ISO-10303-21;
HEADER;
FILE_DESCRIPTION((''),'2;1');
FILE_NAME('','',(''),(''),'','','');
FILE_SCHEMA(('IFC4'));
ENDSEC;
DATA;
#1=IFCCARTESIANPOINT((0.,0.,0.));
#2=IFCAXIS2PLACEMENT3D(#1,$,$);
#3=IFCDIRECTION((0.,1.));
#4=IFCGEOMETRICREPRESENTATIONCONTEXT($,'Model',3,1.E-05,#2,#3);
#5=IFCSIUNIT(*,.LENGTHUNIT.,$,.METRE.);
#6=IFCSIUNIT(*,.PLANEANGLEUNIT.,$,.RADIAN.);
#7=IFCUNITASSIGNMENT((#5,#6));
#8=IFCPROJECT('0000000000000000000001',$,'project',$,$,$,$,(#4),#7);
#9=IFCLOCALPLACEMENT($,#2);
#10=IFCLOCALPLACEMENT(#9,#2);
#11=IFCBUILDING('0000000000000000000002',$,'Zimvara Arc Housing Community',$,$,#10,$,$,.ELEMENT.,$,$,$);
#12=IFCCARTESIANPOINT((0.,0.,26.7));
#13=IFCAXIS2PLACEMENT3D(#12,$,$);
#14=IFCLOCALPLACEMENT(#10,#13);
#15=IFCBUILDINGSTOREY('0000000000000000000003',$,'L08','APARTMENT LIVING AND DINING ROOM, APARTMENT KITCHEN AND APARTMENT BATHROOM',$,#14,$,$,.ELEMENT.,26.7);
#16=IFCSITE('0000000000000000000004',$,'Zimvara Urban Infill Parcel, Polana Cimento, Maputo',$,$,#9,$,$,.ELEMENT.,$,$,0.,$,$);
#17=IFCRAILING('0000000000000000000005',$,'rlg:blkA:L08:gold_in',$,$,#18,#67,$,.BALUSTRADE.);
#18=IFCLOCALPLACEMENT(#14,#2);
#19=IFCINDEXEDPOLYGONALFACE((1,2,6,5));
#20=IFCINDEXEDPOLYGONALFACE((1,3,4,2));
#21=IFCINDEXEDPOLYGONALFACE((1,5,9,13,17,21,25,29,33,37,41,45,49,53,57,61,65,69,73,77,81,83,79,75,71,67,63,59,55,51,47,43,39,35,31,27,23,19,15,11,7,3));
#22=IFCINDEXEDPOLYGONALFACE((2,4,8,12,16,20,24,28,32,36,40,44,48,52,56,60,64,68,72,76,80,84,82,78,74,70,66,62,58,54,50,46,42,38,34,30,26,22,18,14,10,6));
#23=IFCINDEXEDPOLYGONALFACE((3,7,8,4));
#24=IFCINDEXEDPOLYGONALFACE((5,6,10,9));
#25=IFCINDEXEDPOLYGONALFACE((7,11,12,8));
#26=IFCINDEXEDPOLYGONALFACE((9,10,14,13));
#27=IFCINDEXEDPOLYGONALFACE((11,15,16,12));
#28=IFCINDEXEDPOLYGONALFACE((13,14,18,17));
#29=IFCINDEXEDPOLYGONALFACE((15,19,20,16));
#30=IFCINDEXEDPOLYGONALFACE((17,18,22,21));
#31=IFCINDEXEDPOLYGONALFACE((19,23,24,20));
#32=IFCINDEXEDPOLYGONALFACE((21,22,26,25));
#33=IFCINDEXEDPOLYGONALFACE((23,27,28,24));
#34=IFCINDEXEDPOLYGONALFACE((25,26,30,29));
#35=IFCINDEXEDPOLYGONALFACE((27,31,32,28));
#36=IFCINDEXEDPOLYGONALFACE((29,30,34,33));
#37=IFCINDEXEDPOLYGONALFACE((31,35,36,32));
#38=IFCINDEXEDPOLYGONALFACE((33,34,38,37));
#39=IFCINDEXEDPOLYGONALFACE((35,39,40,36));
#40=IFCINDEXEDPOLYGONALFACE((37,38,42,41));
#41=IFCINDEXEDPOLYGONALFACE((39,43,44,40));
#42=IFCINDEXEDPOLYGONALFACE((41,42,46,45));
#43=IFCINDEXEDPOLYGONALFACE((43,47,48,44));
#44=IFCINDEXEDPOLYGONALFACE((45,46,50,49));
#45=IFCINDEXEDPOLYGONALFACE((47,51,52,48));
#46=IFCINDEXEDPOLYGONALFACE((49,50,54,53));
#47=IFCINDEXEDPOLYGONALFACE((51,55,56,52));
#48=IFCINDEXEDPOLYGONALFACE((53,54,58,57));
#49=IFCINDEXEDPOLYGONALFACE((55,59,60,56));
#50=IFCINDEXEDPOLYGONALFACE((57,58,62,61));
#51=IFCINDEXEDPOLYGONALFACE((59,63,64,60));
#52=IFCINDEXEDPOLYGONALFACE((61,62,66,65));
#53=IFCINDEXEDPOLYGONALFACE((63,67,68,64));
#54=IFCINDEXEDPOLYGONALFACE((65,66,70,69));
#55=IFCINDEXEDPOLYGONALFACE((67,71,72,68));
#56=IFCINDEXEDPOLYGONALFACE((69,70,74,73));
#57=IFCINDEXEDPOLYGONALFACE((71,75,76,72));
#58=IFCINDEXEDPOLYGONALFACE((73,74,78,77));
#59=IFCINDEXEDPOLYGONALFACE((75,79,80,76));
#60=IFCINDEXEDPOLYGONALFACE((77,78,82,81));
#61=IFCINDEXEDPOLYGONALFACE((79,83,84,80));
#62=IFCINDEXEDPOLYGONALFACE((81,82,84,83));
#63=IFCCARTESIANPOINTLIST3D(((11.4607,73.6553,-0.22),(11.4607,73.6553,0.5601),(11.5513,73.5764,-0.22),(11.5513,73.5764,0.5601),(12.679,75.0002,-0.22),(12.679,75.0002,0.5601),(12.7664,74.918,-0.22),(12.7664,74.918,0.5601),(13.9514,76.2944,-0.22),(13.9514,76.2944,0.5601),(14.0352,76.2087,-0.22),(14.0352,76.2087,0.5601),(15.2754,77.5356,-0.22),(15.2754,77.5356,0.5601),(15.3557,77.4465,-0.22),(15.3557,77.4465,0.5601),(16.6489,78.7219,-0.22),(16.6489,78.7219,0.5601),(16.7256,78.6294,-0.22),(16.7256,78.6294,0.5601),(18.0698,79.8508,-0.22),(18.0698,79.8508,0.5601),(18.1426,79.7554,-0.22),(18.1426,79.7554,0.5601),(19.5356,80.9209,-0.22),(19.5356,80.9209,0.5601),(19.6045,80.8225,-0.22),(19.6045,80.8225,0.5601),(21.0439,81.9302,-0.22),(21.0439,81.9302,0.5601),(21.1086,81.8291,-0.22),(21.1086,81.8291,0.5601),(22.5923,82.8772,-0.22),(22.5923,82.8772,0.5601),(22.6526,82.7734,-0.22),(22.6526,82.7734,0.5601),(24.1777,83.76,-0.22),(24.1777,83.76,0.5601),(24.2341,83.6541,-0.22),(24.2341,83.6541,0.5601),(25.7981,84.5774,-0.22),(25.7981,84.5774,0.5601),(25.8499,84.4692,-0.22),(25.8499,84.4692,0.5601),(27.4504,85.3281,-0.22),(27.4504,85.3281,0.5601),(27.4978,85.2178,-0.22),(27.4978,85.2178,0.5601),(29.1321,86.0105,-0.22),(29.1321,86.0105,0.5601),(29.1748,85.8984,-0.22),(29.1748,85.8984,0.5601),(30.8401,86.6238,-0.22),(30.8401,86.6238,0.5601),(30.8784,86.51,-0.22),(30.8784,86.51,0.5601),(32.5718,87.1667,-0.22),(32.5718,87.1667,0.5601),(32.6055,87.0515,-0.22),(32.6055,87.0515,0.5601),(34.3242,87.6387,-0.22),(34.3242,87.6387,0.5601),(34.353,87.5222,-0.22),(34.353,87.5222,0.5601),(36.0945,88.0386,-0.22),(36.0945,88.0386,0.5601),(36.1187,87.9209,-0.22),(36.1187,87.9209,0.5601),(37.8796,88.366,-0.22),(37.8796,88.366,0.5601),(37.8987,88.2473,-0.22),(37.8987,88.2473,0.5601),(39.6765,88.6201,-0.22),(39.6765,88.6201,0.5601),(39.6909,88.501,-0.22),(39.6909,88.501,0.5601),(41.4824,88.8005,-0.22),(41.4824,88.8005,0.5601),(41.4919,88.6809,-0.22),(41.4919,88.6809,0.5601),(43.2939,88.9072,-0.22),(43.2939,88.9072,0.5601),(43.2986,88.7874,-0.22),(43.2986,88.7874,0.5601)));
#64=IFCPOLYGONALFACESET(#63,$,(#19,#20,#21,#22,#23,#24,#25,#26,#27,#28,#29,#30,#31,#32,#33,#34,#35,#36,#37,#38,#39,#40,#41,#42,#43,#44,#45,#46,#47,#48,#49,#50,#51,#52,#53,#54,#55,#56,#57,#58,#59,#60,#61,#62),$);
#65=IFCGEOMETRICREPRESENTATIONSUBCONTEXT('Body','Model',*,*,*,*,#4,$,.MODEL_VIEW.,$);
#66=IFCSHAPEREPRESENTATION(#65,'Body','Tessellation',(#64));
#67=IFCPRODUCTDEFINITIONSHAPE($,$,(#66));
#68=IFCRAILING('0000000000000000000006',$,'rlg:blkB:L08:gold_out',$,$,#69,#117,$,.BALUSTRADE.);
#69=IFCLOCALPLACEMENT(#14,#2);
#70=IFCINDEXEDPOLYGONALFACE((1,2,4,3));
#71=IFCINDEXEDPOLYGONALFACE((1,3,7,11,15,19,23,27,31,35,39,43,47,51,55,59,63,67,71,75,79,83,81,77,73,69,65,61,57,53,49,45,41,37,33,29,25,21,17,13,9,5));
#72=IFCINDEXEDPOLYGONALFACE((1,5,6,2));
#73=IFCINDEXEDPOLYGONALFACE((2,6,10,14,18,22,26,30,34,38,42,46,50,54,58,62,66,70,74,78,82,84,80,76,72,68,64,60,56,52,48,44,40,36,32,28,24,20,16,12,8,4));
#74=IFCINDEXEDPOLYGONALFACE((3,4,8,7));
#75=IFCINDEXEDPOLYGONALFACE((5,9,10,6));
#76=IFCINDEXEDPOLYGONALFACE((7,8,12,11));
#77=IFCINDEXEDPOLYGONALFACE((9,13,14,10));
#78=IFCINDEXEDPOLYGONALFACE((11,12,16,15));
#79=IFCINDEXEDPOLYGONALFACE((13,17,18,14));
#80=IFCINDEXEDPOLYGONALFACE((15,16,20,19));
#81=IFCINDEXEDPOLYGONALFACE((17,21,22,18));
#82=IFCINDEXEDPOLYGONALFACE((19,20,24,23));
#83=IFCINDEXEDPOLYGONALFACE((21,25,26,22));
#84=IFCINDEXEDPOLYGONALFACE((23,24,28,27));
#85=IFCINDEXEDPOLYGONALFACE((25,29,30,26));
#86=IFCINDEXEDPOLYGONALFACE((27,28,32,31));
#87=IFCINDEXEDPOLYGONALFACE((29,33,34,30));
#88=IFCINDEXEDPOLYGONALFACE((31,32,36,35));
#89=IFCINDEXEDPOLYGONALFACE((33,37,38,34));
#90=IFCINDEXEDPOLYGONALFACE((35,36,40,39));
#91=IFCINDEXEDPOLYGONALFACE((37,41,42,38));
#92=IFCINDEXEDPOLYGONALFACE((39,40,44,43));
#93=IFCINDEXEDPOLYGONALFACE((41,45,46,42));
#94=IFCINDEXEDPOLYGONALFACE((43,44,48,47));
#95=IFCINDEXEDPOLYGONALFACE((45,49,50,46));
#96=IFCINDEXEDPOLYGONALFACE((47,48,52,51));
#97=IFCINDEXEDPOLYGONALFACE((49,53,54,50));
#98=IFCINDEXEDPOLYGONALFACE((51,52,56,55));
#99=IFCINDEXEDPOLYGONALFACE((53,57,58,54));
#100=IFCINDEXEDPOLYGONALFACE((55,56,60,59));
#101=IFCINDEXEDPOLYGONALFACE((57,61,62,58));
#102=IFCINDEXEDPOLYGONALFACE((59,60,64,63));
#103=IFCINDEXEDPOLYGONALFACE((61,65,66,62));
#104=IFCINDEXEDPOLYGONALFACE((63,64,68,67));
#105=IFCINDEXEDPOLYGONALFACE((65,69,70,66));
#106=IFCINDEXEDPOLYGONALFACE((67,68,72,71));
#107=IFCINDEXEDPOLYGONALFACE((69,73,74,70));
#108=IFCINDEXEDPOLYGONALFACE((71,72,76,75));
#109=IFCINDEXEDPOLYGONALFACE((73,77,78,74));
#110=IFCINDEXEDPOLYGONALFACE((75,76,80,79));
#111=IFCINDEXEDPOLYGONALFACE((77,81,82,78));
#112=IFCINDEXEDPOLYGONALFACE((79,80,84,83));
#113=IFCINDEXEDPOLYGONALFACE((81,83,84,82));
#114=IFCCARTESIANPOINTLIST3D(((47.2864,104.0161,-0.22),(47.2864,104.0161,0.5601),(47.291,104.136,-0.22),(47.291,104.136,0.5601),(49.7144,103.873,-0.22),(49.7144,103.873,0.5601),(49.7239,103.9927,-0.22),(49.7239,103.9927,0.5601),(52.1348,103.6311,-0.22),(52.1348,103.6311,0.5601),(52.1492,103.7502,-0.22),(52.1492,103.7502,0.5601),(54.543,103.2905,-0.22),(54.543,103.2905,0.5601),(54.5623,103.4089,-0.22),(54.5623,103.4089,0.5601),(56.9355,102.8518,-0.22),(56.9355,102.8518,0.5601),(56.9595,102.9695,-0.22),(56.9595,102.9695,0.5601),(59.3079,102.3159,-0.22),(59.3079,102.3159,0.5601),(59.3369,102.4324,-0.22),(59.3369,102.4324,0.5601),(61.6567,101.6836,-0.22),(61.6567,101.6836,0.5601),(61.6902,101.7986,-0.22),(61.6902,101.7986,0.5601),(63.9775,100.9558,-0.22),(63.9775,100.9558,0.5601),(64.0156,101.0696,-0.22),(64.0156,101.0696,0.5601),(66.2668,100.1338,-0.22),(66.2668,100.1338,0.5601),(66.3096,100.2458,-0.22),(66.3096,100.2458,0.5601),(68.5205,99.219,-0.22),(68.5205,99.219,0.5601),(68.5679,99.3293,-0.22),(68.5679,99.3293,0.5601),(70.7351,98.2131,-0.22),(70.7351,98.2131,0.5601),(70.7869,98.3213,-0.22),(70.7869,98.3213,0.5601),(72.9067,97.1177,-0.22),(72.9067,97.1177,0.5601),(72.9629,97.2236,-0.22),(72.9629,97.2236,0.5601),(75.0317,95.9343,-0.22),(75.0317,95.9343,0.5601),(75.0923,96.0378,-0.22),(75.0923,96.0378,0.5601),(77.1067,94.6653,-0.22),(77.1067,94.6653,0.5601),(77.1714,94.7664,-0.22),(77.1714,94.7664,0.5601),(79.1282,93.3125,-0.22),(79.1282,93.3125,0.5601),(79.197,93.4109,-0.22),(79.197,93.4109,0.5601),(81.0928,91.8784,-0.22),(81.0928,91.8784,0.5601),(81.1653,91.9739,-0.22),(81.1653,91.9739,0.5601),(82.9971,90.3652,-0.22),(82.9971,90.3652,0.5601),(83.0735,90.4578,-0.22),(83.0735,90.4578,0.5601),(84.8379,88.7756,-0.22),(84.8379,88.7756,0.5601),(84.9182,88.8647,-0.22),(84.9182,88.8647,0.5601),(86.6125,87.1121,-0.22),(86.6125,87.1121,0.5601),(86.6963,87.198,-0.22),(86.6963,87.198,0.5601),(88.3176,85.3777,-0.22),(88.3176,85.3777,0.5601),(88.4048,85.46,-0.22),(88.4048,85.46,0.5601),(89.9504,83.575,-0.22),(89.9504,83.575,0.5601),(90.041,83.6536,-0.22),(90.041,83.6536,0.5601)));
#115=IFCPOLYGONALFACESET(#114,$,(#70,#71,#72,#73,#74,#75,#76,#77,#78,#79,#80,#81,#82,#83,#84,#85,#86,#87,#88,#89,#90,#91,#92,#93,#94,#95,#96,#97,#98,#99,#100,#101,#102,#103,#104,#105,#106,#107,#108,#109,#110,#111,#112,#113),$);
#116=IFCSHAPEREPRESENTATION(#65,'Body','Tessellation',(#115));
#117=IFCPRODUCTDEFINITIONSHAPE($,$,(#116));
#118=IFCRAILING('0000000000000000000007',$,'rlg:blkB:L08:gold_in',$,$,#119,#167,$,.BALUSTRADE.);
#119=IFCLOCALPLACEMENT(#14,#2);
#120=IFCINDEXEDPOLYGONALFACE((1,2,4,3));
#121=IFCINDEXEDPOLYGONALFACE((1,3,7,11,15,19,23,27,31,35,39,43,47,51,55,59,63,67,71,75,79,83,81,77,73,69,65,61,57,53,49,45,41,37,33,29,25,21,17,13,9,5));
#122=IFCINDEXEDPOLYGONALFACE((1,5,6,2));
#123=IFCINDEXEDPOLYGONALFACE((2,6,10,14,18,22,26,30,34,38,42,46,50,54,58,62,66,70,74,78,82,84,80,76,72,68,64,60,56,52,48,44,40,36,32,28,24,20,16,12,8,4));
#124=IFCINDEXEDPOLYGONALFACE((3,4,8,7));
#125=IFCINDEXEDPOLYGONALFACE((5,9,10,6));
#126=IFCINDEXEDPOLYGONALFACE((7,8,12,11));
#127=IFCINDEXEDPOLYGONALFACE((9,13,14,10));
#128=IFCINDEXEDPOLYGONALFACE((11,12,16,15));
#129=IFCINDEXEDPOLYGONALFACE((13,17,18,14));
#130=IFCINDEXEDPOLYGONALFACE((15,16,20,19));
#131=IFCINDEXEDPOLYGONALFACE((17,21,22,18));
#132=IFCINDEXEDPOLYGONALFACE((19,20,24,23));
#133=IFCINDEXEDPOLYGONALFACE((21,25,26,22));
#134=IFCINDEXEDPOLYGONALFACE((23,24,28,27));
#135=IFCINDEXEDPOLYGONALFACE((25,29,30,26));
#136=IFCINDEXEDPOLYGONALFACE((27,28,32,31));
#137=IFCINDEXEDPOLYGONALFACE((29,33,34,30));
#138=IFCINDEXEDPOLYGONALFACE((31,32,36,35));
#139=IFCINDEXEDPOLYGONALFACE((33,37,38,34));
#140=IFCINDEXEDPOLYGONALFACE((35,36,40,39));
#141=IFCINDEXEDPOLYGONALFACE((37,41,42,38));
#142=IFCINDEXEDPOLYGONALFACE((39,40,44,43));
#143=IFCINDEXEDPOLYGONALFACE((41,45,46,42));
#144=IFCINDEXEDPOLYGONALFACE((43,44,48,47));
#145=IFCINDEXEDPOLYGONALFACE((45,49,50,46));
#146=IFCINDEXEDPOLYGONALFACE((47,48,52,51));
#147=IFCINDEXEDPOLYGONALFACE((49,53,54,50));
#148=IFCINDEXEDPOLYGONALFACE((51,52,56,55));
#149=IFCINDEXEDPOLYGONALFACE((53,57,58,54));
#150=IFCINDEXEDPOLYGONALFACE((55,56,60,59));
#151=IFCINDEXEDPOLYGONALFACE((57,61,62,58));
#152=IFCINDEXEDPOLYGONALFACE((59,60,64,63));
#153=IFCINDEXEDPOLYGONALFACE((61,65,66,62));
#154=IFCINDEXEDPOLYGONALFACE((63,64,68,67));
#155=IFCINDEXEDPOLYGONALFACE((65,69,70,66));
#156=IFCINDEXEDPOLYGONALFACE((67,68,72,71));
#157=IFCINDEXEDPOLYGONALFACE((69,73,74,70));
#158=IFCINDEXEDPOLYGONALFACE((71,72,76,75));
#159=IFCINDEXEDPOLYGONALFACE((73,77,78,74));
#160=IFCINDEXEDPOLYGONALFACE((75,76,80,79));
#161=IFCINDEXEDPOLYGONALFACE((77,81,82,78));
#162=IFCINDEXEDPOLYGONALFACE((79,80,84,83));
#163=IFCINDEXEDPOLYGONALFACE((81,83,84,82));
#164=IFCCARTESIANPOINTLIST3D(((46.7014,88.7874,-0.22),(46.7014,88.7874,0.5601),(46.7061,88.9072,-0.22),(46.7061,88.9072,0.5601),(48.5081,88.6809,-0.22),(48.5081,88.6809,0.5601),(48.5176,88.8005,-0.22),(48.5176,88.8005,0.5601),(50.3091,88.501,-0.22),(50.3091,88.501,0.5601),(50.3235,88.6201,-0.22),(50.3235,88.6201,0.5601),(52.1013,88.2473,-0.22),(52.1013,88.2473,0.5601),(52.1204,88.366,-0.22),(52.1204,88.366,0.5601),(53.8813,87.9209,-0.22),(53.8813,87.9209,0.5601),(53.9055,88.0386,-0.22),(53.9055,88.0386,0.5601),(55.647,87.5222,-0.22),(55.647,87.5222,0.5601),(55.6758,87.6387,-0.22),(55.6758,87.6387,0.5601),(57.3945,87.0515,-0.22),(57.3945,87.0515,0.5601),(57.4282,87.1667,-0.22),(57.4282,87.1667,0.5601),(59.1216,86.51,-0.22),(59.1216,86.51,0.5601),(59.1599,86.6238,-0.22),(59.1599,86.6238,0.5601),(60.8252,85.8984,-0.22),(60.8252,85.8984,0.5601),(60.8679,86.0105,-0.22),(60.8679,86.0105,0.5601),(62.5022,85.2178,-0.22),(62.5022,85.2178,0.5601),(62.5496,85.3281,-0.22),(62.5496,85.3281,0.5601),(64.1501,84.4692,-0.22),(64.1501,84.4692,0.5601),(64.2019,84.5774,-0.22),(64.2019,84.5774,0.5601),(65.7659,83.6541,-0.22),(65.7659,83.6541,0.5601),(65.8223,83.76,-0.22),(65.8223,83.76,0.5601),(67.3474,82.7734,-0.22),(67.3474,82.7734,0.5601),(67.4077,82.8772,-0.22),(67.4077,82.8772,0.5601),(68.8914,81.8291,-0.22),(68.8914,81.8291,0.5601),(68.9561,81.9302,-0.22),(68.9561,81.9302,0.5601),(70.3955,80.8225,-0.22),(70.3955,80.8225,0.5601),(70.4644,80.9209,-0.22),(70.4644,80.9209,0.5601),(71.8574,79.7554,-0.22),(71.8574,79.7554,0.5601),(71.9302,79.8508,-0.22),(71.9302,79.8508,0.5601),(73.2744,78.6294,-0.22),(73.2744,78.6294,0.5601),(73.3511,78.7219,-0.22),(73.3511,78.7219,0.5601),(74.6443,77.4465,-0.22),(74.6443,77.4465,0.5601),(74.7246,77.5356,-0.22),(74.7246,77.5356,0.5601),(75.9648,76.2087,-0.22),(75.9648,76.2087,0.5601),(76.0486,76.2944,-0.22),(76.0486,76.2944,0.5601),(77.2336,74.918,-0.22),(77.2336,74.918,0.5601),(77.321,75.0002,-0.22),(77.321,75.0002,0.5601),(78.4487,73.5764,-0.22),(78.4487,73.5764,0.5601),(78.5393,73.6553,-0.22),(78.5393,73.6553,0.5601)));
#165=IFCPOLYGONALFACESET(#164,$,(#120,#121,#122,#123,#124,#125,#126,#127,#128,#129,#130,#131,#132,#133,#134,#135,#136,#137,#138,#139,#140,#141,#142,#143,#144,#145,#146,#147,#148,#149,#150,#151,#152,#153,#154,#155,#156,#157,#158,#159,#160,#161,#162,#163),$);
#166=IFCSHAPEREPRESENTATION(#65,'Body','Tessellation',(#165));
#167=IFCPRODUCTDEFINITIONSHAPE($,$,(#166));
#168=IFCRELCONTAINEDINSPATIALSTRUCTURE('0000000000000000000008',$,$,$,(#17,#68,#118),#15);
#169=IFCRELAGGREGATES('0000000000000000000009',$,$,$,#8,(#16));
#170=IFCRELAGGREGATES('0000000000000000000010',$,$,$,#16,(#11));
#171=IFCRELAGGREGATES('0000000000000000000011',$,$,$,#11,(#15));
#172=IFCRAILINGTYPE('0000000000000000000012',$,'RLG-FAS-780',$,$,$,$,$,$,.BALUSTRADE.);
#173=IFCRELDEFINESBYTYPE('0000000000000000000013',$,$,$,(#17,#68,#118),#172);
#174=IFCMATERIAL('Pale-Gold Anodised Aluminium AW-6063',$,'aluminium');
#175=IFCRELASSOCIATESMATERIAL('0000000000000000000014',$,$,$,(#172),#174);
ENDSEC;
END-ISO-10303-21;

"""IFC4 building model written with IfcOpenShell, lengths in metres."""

from ifc_helpers import new_model, si_unit, direction, frame, origin, place, context, subcontext, project, spatial, polyline, outline, extrude, material, type_object, element, save


model = new_model("IFC4")

# Units and contexts
model_context = context("Model", 3, precision=1e-05, world=origin(), true_north=direction((0.0, 1.0)))
body_context = subcontext(model_context, "Body", "Model", "MODEL_VIEW")
ifc_project = project(units=[si_unit("LENGTHUNIT", "METRE"), si_unit("PLANEANGLEUNIT", "RADIAN")], contexts=[model_context])

# Site, building, storey
site_placement = place(None, origin())
site = spatial("IfcSite", under=ifc_project, at=site_placement, Name="Zimvara Urban Infill Parcel, Polana Cimento, Maputo", CompositionType="ELEMENT", RefElevation=0.0)
building_placement = place(site_placement, origin())
building = spatial("IfcBuilding", under=site, at=building_placement, Name="Zimvara Arc Housing Community", CompositionType="ELEMENT")
storey_placement = place(building_placement, frame((0.0, 0.0, 26.7)))
storey = spatial("IfcBuildingStorey", under=building, at=storey_placement, Name="L08", Description="APARTMENT LIVING AND DINING ROOM, APARTMENT KITCHEN AND APARTMENT BATHROOM", CompositionType="ELEMENT", Elevation=26.7)

# Railings
ifc_material_1 = material(Name="Pale-Gold Anodised Aluminium AW-6063", Category="aluminium")
railing_type = type_object("IfcRailingType", Name="RLG-FAS-780", PredefinedType="BALUSTRADE", material=ifc_material_1)
railing_1_placement = place(storey_placement, frame((0.0, 0.0, -0.22)))
element("IfcRailing", 1, at=railing_1_placement, inside=storey, type_object=railing_type, Name="rlg:blkA:L08:gold_in", PredefinedType="BALUSTRADE", context=body_context, shape_type="SweptSolid", body=[
    extrude(outline(polyline([(11.5513, 73.5764), (12.7664, 74.918), (14.0352, 76.2087), (15.3557, 77.4465), (16.7256, 78.6294), (18.1426, 79.7554), (19.6045, 80.8225), (21.1086, 81.8291), (22.6526, 82.7734), (24.2341, 83.6541), (25.8499, 84.4692), (27.4978, 85.2178), (29.1748, 85.8984), (30.8784, 86.51), (32.6055, 87.0515), (34.353, 87.5222), (36.1187, 87.9209), (37.8987, 88.2473), (39.6909, 88.501), (41.4919, 88.6809), (43.2986, 88.7874), (43.2939, 88.9072), (41.4824, 88.8005), (39.6765, 88.6201), (37.8796, 88.366), (36.0945, 88.0386), (34.3242, 87.6387), (32.5718, 87.1667), (30.8401, 86.6238), (29.1321, 86.0105), (27.4504, 85.3281), (25.7981, 84.5774), (24.1777, 83.76), (22.5923, 82.8772), (21.0439, 81.9302), (19.5356, 80.9209), (18.0698, 79.8508), (16.6489, 78.7219), (15.2754, 77.5356), (13.9514, 76.2944), (12.679, 75.0002), (11.4607, 73.6553), (11.5513, 73.5764)])), origin(), (0.0, 0.0, 1.0), 0.78),
])
railing_2_placement = place(storey_placement, frame((0.0, 0.0, -0.22)))
element("IfcRailing", 2, at=railing_2_placement, inside=storey, type_object=railing_type, Name="rlg:blkB:L08:gold_out", PredefinedType="BALUSTRADE", context=body_context, shape_type="SweptSolid", body=[
    extrude(outline(polyline([(47.2864, 104.0161), (49.7144, 103.873), (52.1348, 103.6311), (54.543, 103.2905), (56.9355, 102.8518), (59.3079, 102.3159), (61.6567, 101.6836), (63.9775, 100.9558), (66.2668, 100.1338), (68.5205, 99.219), (70.7351, 98.2131), (72.9067, 97.1177), (75.0317, 95.9343), (77.1067, 94.6653), (79.1282, 93.3125), (81.0928, 91.8784), (82.9971, 90.3652), (84.8379, 88.7756), (86.6125, 87.1121), (88.3176, 85.3777), (89.9504, 83.575), (90.041, 83.6536), (88.4048, 85.46), (86.6963, 87.198), (84.9182, 88.8647), (83.0735, 90.4578), (81.1653, 91.9739), (79.197, 93.4109), (77.1714, 94.7664), (75.0923, 96.0378), (72.9629, 97.2236), (70.7869, 98.3213), (68.5679, 99.3293), (66.3096, 100.2458), (64.0156, 101.0696), (61.6902, 101.7986), (59.3369, 102.4324), (56.9595, 102.9695), (54.5623, 103.4089), (52.1492, 103.7502), (49.7239, 103.9927), (47.291, 104.136), (47.2864, 104.0161)])), origin(), (0.0, 0.0, 1.0), 0.78),
])
railing_3_placement = place(storey_placement, frame((0.0, 0.0, -0.22)))
element("IfcRailing", 3, at=railing_3_placement, inside=storey, type_object=railing_type, Name="rlg:blkB:L08:gold_in", PredefinedType="BALUSTRADE", context=body_context, shape_type="SweptSolid", body=[
    extrude(outline(polyline([(46.7014, 88.7874), (48.5081, 88.6809), (50.3091, 88.501), (52.1013, 88.2473), (53.8813, 87.9209), (55.647, 87.5222), (57.3945, 87.0515), (59.1216, 86.51), (60.8252, 85.8984), (62.5022, 85.2178), (64.1501, 84.4692), (65.7659, 83.6541), (67.3474, 82.7734), (68.8914, 81.8291), (70.3955, 80.8225), (71.8574, 79.7554), (73.2744, 78.6294), (74.6443, 77.4465), (75.9648, 76.2087), (77.2336, 74.918), (78.4487, 73.5764), (78.5393, 73.6553), (77.321, 75.0002), (76.0486, 76.2944), (74.7246, 77.5356), (73.3511, 78.7219), (71.9302, 79.8508), (70.4644, 80.9209), (68.9561, 81.9302), (67.4077, 82.8772), (65.8223, 83.76), (64.2019, 84.5774), (62.5496, 85.3281), (60.8679, 86.0105), (59.1599, 86.6238), (57.4282, 87.1667), (55.6758, 87.6387), (53.9055, 88.0386), (52.1204, 88.366), (50.3235, 88.6201), (48.5176, 88.8005), (46.7061, 88.9072), (46.7014, 88.7874)])), origin(), (0.0, 0.0, 1.0), 0.78),
])

save(model, "model.ifc")
